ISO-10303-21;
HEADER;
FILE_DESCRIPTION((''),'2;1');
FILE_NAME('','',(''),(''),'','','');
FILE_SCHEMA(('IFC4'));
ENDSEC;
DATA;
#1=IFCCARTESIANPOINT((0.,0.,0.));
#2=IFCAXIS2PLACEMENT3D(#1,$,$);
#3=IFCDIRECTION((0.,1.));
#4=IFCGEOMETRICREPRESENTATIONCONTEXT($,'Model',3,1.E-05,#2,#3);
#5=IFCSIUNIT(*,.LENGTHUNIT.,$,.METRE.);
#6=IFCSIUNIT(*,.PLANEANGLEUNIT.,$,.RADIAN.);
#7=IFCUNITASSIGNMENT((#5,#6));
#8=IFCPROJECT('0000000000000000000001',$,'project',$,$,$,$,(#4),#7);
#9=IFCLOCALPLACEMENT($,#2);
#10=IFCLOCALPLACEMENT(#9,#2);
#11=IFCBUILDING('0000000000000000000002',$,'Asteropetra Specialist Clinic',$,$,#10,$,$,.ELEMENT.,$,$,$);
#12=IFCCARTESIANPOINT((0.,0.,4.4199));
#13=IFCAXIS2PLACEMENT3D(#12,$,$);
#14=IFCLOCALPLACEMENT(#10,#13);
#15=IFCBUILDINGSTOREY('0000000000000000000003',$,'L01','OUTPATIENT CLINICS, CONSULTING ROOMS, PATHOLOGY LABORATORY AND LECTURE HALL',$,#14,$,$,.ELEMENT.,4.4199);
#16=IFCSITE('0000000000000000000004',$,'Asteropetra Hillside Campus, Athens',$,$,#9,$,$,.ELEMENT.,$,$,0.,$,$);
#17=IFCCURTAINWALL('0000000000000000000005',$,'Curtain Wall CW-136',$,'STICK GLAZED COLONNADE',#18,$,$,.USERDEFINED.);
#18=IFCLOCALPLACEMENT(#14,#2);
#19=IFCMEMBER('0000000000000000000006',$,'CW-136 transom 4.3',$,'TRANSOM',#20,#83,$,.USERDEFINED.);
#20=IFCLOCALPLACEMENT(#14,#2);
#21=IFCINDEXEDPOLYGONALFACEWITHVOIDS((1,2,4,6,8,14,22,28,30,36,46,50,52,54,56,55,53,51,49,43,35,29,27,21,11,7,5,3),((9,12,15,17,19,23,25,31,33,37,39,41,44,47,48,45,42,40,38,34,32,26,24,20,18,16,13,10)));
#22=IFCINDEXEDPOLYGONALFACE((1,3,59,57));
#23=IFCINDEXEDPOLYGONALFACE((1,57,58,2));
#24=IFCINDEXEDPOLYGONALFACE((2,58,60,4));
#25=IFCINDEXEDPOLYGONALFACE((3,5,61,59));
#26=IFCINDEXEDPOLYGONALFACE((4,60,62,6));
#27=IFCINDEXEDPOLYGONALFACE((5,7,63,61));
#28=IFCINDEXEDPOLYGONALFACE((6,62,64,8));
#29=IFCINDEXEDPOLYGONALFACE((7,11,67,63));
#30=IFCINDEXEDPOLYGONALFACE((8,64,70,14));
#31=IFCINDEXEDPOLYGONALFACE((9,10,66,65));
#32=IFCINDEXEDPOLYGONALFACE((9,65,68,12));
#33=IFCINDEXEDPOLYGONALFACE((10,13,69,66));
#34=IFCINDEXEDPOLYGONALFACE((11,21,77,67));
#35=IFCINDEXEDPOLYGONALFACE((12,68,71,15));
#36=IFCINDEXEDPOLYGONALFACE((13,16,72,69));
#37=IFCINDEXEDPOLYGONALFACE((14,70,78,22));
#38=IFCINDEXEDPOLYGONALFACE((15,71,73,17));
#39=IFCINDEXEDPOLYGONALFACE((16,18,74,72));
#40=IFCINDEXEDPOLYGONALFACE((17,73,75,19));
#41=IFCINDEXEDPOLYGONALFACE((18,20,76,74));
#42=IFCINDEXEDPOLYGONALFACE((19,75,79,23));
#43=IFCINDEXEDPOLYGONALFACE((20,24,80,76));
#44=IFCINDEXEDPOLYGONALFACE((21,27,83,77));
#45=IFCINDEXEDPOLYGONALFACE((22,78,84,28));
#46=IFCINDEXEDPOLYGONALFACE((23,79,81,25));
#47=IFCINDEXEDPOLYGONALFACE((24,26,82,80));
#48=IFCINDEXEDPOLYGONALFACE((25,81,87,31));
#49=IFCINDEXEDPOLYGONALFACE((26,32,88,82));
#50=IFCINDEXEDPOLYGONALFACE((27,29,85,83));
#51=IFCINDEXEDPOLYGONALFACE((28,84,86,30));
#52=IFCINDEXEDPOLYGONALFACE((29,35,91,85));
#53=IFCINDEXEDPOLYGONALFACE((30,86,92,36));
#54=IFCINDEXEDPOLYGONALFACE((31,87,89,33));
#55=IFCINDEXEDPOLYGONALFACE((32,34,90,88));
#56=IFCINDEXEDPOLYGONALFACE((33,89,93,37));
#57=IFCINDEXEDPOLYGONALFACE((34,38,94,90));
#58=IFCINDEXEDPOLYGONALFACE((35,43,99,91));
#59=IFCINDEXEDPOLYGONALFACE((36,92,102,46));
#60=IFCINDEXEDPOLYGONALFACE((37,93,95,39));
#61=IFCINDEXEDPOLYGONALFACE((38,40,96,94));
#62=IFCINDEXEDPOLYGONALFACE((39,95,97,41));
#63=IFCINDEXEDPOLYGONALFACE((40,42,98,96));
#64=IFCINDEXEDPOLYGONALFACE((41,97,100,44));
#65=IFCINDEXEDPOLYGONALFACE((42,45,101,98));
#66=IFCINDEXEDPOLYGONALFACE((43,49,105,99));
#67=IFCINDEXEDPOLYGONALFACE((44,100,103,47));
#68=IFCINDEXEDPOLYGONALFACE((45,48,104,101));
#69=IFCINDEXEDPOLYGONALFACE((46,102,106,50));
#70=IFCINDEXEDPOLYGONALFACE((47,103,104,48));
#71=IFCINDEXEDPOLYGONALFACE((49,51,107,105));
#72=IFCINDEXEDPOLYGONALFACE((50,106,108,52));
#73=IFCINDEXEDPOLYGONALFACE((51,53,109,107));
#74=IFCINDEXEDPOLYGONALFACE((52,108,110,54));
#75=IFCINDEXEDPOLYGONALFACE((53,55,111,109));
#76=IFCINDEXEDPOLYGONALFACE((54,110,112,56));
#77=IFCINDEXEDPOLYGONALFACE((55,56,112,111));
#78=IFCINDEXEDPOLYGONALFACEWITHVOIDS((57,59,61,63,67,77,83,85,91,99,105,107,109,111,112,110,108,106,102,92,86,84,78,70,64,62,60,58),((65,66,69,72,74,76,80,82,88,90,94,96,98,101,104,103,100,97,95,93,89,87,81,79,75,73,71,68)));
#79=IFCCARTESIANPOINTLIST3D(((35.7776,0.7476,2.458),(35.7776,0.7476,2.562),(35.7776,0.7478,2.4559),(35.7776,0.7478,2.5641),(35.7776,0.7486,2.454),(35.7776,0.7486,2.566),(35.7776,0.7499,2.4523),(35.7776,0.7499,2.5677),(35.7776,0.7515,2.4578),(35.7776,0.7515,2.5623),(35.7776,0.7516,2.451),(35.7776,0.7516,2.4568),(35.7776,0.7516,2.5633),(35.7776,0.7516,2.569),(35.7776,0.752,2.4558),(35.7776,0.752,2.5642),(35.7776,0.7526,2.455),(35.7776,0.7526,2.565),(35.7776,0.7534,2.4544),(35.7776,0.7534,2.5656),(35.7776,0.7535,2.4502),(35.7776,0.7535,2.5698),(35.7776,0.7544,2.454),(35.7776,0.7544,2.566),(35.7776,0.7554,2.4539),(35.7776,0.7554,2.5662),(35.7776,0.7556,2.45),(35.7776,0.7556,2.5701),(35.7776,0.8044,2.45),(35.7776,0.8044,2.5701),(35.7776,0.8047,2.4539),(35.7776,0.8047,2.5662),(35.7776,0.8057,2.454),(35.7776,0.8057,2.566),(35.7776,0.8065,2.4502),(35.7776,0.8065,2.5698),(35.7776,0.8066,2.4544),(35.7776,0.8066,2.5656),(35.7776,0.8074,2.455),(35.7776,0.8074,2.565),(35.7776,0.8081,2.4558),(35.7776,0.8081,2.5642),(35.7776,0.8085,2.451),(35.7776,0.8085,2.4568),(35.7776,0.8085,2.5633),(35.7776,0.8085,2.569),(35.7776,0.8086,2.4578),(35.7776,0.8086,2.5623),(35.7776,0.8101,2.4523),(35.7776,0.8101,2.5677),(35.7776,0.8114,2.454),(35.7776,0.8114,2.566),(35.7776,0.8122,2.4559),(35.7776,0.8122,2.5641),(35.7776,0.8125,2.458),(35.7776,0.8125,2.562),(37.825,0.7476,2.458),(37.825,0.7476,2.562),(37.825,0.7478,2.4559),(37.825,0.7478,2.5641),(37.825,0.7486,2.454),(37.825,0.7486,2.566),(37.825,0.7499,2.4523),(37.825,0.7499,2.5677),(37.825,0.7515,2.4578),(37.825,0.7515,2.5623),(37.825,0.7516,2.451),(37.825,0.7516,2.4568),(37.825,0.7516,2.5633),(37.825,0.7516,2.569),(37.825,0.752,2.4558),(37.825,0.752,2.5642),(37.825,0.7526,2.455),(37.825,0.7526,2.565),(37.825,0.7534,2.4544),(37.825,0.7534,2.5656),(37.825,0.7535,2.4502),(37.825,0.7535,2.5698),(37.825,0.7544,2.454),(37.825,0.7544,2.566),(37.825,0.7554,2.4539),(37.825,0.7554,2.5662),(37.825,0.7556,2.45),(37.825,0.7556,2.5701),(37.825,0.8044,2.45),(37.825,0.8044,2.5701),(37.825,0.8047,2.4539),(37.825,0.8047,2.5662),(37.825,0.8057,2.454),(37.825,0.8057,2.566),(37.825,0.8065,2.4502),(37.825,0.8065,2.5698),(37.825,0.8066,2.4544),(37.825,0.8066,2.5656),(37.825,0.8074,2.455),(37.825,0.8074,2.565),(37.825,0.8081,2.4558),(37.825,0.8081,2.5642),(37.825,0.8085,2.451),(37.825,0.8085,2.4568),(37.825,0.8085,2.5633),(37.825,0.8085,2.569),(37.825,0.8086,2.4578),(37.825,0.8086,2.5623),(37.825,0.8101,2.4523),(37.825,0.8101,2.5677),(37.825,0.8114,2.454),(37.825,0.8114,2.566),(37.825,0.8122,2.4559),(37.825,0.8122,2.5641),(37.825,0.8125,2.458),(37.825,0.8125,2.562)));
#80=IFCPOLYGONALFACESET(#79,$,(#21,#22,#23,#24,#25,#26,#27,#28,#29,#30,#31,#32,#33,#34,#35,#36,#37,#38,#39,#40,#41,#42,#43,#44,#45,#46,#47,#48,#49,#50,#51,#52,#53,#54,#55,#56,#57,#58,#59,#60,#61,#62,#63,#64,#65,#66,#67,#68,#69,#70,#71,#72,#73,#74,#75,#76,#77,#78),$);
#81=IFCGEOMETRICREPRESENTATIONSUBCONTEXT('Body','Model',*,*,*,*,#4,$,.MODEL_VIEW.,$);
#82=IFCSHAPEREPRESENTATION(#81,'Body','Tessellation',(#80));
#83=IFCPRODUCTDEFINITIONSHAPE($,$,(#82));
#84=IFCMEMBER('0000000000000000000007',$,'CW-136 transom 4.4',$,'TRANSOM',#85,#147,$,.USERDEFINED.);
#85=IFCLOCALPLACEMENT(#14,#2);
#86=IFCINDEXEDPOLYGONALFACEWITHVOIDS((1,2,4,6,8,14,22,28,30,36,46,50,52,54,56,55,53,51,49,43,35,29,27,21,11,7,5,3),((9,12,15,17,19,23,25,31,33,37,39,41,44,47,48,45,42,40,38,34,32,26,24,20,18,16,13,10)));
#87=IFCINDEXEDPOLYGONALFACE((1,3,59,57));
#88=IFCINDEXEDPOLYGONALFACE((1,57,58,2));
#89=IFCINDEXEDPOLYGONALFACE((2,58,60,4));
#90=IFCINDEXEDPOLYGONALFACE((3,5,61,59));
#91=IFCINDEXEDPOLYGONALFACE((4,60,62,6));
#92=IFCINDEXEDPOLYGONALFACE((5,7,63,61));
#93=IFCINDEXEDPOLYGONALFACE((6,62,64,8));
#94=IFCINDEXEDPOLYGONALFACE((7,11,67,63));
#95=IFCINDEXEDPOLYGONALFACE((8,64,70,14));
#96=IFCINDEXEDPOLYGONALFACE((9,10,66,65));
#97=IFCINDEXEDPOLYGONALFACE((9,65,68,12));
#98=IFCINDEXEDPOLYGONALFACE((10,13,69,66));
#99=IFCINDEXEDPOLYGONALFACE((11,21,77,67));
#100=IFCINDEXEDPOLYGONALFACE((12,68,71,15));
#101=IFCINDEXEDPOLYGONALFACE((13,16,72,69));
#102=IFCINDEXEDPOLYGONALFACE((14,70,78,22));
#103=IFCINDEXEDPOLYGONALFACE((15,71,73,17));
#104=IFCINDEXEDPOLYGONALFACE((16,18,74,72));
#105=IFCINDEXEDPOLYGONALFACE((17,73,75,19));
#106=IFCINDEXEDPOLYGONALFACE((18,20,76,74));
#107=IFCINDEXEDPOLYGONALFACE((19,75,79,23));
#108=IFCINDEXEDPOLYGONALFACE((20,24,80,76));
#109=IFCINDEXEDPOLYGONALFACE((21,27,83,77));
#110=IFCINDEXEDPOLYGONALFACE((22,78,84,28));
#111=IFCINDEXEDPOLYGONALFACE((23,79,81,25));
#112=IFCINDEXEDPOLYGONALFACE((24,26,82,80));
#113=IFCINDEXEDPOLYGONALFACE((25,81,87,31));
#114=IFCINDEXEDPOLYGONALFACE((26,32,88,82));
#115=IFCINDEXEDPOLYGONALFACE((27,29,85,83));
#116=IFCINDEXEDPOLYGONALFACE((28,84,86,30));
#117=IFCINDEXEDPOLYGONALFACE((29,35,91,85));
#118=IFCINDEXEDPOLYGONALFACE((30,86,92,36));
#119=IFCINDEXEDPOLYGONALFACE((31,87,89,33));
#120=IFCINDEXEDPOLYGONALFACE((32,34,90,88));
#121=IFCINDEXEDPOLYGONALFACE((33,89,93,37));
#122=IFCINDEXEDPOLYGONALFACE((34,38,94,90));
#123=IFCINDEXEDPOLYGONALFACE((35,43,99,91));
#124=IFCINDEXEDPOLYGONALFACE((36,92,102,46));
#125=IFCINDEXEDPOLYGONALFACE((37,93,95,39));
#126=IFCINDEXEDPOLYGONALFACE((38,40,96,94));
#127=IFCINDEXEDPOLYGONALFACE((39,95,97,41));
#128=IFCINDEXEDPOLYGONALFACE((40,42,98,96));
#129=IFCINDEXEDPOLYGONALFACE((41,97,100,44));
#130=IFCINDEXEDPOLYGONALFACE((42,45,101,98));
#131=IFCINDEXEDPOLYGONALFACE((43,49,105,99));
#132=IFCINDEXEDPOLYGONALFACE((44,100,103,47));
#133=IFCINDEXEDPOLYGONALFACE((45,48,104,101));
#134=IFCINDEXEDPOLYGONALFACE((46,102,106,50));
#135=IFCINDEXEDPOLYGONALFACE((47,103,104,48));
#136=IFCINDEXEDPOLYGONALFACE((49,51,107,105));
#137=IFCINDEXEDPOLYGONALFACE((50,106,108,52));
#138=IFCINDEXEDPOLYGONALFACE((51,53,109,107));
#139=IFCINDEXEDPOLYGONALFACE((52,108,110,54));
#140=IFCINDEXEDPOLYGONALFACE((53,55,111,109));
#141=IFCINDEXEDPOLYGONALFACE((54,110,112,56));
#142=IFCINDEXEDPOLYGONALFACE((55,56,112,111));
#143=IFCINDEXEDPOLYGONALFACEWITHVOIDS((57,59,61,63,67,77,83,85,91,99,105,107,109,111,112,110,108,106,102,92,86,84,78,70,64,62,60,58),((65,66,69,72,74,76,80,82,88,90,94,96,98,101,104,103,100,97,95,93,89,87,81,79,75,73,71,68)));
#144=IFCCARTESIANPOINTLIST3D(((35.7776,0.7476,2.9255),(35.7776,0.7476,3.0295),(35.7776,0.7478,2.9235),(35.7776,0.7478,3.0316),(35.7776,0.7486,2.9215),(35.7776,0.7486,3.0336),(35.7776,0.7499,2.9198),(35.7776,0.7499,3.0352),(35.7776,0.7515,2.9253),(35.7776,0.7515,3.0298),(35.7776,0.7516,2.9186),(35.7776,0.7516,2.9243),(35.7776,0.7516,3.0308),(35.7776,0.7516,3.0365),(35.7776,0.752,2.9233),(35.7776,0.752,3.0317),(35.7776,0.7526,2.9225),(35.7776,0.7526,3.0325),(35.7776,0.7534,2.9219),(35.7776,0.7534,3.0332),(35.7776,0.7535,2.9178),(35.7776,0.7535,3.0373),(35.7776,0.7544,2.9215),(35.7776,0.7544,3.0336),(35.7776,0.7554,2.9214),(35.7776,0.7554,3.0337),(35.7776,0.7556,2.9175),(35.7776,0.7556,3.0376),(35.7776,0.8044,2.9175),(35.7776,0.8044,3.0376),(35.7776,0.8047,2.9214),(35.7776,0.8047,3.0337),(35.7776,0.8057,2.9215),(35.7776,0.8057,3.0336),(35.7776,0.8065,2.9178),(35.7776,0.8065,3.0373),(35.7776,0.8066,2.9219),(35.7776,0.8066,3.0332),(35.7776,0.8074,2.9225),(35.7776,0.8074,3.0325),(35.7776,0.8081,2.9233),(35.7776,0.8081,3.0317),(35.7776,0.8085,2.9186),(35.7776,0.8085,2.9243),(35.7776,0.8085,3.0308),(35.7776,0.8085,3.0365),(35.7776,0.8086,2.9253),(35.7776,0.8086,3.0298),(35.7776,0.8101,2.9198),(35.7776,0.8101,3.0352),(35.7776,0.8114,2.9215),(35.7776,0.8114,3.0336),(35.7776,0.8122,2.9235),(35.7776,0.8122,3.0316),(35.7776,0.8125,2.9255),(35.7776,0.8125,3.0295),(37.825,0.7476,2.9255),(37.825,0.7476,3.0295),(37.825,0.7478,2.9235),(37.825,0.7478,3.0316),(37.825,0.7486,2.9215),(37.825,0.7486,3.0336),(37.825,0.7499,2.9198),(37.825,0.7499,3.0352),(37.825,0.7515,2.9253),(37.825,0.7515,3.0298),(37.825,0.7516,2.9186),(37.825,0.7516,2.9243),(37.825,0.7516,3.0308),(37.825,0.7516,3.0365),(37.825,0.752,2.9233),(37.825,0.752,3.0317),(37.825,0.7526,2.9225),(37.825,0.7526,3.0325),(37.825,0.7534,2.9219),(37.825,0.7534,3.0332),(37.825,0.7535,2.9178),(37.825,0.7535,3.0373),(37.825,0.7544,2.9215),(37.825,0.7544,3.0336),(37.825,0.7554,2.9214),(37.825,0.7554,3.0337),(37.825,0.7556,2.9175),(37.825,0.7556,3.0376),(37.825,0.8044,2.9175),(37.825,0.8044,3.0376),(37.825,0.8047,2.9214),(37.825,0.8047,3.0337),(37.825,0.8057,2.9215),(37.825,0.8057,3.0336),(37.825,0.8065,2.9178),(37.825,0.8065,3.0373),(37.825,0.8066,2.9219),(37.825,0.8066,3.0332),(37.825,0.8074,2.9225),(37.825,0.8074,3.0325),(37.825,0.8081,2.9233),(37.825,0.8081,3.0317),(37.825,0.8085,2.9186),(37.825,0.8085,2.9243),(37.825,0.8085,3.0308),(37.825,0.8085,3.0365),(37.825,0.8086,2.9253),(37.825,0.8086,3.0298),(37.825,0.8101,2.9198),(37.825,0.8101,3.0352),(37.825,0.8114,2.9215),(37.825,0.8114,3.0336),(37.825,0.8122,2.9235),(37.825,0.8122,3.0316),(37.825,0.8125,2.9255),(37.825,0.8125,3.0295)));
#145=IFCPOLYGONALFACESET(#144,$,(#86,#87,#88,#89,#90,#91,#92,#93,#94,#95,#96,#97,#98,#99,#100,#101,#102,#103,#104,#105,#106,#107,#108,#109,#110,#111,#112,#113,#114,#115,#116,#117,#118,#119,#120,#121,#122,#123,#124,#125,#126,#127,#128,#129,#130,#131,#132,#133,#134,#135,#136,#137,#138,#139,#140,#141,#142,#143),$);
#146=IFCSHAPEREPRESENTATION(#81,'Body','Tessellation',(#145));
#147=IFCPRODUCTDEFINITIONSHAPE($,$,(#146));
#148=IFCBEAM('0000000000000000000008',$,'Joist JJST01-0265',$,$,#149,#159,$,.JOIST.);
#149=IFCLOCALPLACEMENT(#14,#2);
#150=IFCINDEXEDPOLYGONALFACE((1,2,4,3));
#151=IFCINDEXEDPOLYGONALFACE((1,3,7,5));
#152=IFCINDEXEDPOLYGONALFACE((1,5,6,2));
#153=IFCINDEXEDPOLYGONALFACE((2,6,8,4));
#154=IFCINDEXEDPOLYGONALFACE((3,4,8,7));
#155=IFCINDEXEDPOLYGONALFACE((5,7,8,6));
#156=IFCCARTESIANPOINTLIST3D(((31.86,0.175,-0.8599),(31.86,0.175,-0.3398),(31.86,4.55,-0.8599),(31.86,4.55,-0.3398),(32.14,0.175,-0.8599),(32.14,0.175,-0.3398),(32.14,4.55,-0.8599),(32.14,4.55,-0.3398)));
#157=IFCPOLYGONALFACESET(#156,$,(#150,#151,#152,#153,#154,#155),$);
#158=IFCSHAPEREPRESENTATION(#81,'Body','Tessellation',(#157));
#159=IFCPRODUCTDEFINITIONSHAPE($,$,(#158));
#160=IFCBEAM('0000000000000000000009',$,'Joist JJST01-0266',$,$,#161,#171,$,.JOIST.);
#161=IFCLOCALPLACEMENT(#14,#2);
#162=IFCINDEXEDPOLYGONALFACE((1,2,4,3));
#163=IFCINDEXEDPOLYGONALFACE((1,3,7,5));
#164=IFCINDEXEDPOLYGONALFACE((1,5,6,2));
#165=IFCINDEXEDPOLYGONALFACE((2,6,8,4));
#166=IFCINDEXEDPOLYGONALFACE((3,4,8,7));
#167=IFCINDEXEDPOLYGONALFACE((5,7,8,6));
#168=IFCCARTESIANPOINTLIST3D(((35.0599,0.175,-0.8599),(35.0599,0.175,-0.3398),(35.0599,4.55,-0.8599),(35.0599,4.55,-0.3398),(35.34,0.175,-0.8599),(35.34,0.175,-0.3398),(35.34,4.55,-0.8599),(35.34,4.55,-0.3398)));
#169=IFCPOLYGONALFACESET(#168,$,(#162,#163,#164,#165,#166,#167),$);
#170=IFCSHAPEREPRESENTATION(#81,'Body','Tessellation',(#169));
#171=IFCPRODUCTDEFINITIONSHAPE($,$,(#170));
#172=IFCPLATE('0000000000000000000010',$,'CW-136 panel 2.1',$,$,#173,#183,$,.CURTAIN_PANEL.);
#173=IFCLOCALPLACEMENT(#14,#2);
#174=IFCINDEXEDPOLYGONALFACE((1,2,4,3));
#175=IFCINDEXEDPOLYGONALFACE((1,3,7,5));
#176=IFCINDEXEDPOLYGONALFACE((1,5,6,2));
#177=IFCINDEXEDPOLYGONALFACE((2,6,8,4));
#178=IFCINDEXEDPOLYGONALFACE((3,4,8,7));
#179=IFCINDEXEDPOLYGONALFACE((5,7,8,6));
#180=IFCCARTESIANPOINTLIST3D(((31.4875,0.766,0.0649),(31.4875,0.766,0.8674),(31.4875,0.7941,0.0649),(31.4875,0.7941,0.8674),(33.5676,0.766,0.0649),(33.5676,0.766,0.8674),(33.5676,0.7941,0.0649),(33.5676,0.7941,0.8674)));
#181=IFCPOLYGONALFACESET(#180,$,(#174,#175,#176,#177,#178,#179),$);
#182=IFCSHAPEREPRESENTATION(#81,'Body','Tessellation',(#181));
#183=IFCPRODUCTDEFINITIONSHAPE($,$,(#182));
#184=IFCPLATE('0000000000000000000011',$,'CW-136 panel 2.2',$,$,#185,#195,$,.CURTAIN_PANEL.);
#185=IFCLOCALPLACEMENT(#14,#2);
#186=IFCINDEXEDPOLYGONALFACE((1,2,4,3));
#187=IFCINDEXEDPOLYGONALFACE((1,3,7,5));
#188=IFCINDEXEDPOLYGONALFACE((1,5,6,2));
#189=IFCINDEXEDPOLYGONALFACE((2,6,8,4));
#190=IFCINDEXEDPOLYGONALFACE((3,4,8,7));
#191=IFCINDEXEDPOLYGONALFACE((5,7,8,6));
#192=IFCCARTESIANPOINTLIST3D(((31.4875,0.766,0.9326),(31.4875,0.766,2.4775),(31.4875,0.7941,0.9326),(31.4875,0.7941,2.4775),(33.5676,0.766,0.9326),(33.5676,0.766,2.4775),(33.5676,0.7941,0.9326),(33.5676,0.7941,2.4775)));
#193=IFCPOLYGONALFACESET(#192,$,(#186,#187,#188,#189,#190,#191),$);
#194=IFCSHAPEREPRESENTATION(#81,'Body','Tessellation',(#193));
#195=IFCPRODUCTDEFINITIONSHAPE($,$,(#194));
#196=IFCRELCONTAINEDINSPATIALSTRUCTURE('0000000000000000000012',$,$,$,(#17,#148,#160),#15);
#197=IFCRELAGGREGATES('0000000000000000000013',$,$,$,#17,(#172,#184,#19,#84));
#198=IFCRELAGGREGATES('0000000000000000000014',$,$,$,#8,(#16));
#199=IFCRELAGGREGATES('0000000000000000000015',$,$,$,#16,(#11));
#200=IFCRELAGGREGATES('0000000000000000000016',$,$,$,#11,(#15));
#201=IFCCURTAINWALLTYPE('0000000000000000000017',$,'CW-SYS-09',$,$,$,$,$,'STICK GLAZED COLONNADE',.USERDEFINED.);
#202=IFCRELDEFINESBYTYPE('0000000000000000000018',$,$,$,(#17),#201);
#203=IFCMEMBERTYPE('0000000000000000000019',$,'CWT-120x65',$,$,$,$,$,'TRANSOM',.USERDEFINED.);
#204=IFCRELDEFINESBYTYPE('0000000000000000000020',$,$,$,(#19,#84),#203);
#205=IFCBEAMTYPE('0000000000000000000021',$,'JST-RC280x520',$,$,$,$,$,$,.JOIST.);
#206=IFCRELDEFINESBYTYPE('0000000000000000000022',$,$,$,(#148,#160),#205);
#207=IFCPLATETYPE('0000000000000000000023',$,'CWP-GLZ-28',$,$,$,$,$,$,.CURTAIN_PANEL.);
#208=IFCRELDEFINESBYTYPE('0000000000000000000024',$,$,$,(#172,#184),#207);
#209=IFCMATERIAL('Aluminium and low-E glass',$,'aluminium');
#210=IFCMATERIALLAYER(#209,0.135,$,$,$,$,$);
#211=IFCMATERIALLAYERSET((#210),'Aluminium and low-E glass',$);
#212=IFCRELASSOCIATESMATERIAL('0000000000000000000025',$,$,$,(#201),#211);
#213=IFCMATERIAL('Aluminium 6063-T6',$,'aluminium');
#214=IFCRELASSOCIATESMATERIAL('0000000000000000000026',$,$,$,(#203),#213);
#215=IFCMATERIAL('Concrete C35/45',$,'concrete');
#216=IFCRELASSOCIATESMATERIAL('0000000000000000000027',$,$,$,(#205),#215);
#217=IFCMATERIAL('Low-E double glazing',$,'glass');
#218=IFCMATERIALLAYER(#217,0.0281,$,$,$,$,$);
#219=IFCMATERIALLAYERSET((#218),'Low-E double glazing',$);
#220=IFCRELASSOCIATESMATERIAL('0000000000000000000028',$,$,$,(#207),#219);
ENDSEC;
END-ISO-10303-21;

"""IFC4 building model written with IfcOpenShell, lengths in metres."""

from ifc_helpers import new_model, si_unit, direction, frame, origin, origin_2d, place, context, subcontext, project, spatial, rectangle, hollow_rectangle, extrude, material, layer, layer_set, material_profile, profile_set, type_object, element, aggregate, save


model = new_model("IFC4")

# Units and contexts
model_context = context("Model", 3, precision=1e-05, world=origin(), true_north=direction((0.0, 1.0)))
body_context = subcontext(model_context, "Body", "Model", "MODEL_VIEW")
ifc_project = project(units=[si_unit("LENGTHUNIT", "METRE"), si_unit("PLANEANGLEUNIT", "RADIAN")], contexts=[model_context])

# Site, building, storey
site_placement = place(None, origin())
site = spatial("IfcSite", under=ifc_project, at=site_placement, Name="Asteropetra Hillside Campus, Athens", CompositionType="ELEMENT", RefElevation=0.0)
building_placement = place(site_placement, origin())
building = spatial("IfcBuilding", under=site, at=building_placement, Name="Asteropetra Specialist Clinic", CompositionType="ELEMENT")
storey_placement = place(building_placement, frame((0.0, 0.0, 4.4199)))
storey = spatial("IfcBuildingStorey", under=building, at=storey_placement, Name="L01", Description="OUTPATIENT CLINICS, CONSULTING ROOMS, PATHOLOGY LABORATORY AND LECTURE HALL", CompositionType="ELEMENT", Elevation=4.4199)

# Curtain wall, members
ifc_material_1 = material(Name="Aluminium and low-E glass", Category="aluminium")
ifc_layer_1 = layer(ifc_material_1, 0.135)
ifc_layer_set_1 = layer_set([ifc_layer_1], Name="Aluminium and low-E glass")
curtain_wall_type = type_object("IfcCurtainWallType", Name="CW-SYS-09", ElementType="STICK GLAZED COLONNADE", PredefinedType="USERDEFINED", material=ifc_layer_set_1)
curtain_wall_placement = place(storey_placement, origin())
curtain_wall = element("IfcCurtainWall", 1, at=curtain_wall_placement, inside=storey, type_object=curtain_wall_type, Name="Curtain Wall CW-136", ObjectType="STICK GLAZED COLONNADE", PredefinedType="USERDEFINED")
ifc_material_2 = material(Name="Aluminium 6063-T6", Category="aluminium")
ifc_material_profile_1 = material_profile(ifc_material_2, hollow_rectangle(XDim=0.0649, YDim=0.1201, WallThickness=0.0039, InnerFilletRadius=0.0039, OuterFilletRadius=0.0081, at=origin_2d()), Name="TRN 120x65x4.0")
ifc_profile_set_1 = profile_set([ifc_material_profile_1], Name="Aluminium 6063-T6")
member_type_1 = type_object("IfcMemberType", Name="CWT-120x65", ElementType="TRANSOM", PredefinedType="USERDEFINED", material=ifc_profile_set_1)
member_1_placement = place(storey_placement, frame((35.7776, 0.78, 2.51), z_axis=(1.0, 0.0, 0.0), x_axis=(0.0, 1.0, 0.0)))
member_1 = element("IfcMember", 2, at=member_1_placement, type_object=member_type_1, Name="CW-136 transom 4.3", ObjectType="TRANSOM", PredefinedType="USERDEFINED", context=body_context, shape_type="SweptSolid", body=[
    extrude(hollow_rectangle(XDim=0.0649, YDim=0.1201, WallThickness=0.0039, InnerFilletRadius=0.0039, OuterFilletRadius=0.0081, at=origin_2d()), origin(), (0.0, 0.0, 1.0), 2.0474),
])
member_2_placement = place(storey_placement, frame((35.7776, 0.78, 2.9775), z_axis=(1.0, 0.0, 0.0), x_axis=(0.0, 1.0, 0.0)))
member_2 = element("IfcMember", 3, at=member_2_placement, type_object=member_type_1, Name="CW-136 transom 4.4", ObjectType="TRANSOM", PredefinedType="USERDEFINED", context=body_context, shape_type="SweptSolid", body=[
    extrude(hollow_rectangle(XDim=0.0649, YDim=0.1201, WallThickness=0.0039, InnerFilletRadius=0.0039, OuterFilletRadius=0.0081, at=origin_2d()), origin(), (0.0, 0.0, 1.0), 2.0474),
])

# Beams
ifc_material_3 = material(Name="Concrete C35/45", Category="concrete")
ifc_material_profile_2 = material_profile(ifc_material_3, rectangle(XDim=0.28, YDim=0.52, at=origin_2d()), Name="RCJ 280x520")
ifc_profile_set_2 = profile_set([ifc_material_profile_2], Name="Concrete C35/45")
beam_type = type_object("IfcBeamType", Name="JST-RC280x520", PredefinedType="JOIST", material=ifc_profile_set_2)
for number, where, z_axis, x_axis, name in (
    (4, (32.0, 0.175, -0.5999), (0.0, 1.0, 0.0), (-1.0, 0.0, 0.0), "Joist JJST01-0265"),
    (5, (35.2, 0.175, -0.5999), (0.0, 1.0, 0.0), (-1.0, 0.0, 0.0), "Joist JJST01-0266"),
):
    element("IfcBeam", number, at=place(storey_placement, frame(where, z_axis=z_axis, x_axis=x_axis)), inside=storey, type_object=beam_type, Name=name, PredefinedType="JOIST", context=body_context, shape_type="SweptSolid", body=[
        extrude(rectangle(XDim=0.28, YDim=0.52, at=origin_2d()), origin(), (0.0, 0.0, 1.0), 4.375),
    ])

# Plates
ifc_material_4 = material(Name="Low-E double glazing", Category="glass")
ifc_layer_2 = layer(ifc_material_4, 0.0281)
ifc_layer_set_2 = layer_set([ifc_layer_2], Name="Low-E double glazing")
plate_type = type_object("IfcPlateType", Name="CWP-GLZ-28", PredefinedType="CURTAIN_PANEL", material=ifc_layer_set_2)
plate_1_placement = place(storey_placement, frame((32.5276, 0.78, 0.0649), z_axis=(0.0, 0.0, 1.0), x_axis=(1.0, 0.0, 0.0)))
plate_1 = element("IfcPlate", 6, at=plate_1_placement, type_object=plate_type, Name="CW-136 panel 2.1", PredefinedType="CURTAIN_PANEL", context=body_context, shape_type="SweptSolid", body=[
    extrude(rectangle(XDim=2.0801, YDim=0.0281, at=origin_2d()), origin(), (0.0, 0.0, 1.0), 0.8025),
])
plate_2_placement = place(storey_placement, frame((32.5276, 0.78, 0.9326), z_axis=(0.0, 0.0, 1.0), x_axis=(1.0, 0.0, 0.0)))
plate_2 = element("IfcPlate", 7, at=plate_2_placement, type_object=plate_type, Name="CW-136 panel 2.2", PredefinedType="CURTAIN_PANEL", context=body_context, shape_type="SweptSolid", body=[
    extrude(rectangle(XDim=2.0801, YDim=0.0281, at=origin_2d()), origin(), (0.0, 0.0, 1.0), 1.5449),
])
aggregate(curtain_wall, [plate_1, plate_2, member_1, member_2])

save(model, "model.ifc")
